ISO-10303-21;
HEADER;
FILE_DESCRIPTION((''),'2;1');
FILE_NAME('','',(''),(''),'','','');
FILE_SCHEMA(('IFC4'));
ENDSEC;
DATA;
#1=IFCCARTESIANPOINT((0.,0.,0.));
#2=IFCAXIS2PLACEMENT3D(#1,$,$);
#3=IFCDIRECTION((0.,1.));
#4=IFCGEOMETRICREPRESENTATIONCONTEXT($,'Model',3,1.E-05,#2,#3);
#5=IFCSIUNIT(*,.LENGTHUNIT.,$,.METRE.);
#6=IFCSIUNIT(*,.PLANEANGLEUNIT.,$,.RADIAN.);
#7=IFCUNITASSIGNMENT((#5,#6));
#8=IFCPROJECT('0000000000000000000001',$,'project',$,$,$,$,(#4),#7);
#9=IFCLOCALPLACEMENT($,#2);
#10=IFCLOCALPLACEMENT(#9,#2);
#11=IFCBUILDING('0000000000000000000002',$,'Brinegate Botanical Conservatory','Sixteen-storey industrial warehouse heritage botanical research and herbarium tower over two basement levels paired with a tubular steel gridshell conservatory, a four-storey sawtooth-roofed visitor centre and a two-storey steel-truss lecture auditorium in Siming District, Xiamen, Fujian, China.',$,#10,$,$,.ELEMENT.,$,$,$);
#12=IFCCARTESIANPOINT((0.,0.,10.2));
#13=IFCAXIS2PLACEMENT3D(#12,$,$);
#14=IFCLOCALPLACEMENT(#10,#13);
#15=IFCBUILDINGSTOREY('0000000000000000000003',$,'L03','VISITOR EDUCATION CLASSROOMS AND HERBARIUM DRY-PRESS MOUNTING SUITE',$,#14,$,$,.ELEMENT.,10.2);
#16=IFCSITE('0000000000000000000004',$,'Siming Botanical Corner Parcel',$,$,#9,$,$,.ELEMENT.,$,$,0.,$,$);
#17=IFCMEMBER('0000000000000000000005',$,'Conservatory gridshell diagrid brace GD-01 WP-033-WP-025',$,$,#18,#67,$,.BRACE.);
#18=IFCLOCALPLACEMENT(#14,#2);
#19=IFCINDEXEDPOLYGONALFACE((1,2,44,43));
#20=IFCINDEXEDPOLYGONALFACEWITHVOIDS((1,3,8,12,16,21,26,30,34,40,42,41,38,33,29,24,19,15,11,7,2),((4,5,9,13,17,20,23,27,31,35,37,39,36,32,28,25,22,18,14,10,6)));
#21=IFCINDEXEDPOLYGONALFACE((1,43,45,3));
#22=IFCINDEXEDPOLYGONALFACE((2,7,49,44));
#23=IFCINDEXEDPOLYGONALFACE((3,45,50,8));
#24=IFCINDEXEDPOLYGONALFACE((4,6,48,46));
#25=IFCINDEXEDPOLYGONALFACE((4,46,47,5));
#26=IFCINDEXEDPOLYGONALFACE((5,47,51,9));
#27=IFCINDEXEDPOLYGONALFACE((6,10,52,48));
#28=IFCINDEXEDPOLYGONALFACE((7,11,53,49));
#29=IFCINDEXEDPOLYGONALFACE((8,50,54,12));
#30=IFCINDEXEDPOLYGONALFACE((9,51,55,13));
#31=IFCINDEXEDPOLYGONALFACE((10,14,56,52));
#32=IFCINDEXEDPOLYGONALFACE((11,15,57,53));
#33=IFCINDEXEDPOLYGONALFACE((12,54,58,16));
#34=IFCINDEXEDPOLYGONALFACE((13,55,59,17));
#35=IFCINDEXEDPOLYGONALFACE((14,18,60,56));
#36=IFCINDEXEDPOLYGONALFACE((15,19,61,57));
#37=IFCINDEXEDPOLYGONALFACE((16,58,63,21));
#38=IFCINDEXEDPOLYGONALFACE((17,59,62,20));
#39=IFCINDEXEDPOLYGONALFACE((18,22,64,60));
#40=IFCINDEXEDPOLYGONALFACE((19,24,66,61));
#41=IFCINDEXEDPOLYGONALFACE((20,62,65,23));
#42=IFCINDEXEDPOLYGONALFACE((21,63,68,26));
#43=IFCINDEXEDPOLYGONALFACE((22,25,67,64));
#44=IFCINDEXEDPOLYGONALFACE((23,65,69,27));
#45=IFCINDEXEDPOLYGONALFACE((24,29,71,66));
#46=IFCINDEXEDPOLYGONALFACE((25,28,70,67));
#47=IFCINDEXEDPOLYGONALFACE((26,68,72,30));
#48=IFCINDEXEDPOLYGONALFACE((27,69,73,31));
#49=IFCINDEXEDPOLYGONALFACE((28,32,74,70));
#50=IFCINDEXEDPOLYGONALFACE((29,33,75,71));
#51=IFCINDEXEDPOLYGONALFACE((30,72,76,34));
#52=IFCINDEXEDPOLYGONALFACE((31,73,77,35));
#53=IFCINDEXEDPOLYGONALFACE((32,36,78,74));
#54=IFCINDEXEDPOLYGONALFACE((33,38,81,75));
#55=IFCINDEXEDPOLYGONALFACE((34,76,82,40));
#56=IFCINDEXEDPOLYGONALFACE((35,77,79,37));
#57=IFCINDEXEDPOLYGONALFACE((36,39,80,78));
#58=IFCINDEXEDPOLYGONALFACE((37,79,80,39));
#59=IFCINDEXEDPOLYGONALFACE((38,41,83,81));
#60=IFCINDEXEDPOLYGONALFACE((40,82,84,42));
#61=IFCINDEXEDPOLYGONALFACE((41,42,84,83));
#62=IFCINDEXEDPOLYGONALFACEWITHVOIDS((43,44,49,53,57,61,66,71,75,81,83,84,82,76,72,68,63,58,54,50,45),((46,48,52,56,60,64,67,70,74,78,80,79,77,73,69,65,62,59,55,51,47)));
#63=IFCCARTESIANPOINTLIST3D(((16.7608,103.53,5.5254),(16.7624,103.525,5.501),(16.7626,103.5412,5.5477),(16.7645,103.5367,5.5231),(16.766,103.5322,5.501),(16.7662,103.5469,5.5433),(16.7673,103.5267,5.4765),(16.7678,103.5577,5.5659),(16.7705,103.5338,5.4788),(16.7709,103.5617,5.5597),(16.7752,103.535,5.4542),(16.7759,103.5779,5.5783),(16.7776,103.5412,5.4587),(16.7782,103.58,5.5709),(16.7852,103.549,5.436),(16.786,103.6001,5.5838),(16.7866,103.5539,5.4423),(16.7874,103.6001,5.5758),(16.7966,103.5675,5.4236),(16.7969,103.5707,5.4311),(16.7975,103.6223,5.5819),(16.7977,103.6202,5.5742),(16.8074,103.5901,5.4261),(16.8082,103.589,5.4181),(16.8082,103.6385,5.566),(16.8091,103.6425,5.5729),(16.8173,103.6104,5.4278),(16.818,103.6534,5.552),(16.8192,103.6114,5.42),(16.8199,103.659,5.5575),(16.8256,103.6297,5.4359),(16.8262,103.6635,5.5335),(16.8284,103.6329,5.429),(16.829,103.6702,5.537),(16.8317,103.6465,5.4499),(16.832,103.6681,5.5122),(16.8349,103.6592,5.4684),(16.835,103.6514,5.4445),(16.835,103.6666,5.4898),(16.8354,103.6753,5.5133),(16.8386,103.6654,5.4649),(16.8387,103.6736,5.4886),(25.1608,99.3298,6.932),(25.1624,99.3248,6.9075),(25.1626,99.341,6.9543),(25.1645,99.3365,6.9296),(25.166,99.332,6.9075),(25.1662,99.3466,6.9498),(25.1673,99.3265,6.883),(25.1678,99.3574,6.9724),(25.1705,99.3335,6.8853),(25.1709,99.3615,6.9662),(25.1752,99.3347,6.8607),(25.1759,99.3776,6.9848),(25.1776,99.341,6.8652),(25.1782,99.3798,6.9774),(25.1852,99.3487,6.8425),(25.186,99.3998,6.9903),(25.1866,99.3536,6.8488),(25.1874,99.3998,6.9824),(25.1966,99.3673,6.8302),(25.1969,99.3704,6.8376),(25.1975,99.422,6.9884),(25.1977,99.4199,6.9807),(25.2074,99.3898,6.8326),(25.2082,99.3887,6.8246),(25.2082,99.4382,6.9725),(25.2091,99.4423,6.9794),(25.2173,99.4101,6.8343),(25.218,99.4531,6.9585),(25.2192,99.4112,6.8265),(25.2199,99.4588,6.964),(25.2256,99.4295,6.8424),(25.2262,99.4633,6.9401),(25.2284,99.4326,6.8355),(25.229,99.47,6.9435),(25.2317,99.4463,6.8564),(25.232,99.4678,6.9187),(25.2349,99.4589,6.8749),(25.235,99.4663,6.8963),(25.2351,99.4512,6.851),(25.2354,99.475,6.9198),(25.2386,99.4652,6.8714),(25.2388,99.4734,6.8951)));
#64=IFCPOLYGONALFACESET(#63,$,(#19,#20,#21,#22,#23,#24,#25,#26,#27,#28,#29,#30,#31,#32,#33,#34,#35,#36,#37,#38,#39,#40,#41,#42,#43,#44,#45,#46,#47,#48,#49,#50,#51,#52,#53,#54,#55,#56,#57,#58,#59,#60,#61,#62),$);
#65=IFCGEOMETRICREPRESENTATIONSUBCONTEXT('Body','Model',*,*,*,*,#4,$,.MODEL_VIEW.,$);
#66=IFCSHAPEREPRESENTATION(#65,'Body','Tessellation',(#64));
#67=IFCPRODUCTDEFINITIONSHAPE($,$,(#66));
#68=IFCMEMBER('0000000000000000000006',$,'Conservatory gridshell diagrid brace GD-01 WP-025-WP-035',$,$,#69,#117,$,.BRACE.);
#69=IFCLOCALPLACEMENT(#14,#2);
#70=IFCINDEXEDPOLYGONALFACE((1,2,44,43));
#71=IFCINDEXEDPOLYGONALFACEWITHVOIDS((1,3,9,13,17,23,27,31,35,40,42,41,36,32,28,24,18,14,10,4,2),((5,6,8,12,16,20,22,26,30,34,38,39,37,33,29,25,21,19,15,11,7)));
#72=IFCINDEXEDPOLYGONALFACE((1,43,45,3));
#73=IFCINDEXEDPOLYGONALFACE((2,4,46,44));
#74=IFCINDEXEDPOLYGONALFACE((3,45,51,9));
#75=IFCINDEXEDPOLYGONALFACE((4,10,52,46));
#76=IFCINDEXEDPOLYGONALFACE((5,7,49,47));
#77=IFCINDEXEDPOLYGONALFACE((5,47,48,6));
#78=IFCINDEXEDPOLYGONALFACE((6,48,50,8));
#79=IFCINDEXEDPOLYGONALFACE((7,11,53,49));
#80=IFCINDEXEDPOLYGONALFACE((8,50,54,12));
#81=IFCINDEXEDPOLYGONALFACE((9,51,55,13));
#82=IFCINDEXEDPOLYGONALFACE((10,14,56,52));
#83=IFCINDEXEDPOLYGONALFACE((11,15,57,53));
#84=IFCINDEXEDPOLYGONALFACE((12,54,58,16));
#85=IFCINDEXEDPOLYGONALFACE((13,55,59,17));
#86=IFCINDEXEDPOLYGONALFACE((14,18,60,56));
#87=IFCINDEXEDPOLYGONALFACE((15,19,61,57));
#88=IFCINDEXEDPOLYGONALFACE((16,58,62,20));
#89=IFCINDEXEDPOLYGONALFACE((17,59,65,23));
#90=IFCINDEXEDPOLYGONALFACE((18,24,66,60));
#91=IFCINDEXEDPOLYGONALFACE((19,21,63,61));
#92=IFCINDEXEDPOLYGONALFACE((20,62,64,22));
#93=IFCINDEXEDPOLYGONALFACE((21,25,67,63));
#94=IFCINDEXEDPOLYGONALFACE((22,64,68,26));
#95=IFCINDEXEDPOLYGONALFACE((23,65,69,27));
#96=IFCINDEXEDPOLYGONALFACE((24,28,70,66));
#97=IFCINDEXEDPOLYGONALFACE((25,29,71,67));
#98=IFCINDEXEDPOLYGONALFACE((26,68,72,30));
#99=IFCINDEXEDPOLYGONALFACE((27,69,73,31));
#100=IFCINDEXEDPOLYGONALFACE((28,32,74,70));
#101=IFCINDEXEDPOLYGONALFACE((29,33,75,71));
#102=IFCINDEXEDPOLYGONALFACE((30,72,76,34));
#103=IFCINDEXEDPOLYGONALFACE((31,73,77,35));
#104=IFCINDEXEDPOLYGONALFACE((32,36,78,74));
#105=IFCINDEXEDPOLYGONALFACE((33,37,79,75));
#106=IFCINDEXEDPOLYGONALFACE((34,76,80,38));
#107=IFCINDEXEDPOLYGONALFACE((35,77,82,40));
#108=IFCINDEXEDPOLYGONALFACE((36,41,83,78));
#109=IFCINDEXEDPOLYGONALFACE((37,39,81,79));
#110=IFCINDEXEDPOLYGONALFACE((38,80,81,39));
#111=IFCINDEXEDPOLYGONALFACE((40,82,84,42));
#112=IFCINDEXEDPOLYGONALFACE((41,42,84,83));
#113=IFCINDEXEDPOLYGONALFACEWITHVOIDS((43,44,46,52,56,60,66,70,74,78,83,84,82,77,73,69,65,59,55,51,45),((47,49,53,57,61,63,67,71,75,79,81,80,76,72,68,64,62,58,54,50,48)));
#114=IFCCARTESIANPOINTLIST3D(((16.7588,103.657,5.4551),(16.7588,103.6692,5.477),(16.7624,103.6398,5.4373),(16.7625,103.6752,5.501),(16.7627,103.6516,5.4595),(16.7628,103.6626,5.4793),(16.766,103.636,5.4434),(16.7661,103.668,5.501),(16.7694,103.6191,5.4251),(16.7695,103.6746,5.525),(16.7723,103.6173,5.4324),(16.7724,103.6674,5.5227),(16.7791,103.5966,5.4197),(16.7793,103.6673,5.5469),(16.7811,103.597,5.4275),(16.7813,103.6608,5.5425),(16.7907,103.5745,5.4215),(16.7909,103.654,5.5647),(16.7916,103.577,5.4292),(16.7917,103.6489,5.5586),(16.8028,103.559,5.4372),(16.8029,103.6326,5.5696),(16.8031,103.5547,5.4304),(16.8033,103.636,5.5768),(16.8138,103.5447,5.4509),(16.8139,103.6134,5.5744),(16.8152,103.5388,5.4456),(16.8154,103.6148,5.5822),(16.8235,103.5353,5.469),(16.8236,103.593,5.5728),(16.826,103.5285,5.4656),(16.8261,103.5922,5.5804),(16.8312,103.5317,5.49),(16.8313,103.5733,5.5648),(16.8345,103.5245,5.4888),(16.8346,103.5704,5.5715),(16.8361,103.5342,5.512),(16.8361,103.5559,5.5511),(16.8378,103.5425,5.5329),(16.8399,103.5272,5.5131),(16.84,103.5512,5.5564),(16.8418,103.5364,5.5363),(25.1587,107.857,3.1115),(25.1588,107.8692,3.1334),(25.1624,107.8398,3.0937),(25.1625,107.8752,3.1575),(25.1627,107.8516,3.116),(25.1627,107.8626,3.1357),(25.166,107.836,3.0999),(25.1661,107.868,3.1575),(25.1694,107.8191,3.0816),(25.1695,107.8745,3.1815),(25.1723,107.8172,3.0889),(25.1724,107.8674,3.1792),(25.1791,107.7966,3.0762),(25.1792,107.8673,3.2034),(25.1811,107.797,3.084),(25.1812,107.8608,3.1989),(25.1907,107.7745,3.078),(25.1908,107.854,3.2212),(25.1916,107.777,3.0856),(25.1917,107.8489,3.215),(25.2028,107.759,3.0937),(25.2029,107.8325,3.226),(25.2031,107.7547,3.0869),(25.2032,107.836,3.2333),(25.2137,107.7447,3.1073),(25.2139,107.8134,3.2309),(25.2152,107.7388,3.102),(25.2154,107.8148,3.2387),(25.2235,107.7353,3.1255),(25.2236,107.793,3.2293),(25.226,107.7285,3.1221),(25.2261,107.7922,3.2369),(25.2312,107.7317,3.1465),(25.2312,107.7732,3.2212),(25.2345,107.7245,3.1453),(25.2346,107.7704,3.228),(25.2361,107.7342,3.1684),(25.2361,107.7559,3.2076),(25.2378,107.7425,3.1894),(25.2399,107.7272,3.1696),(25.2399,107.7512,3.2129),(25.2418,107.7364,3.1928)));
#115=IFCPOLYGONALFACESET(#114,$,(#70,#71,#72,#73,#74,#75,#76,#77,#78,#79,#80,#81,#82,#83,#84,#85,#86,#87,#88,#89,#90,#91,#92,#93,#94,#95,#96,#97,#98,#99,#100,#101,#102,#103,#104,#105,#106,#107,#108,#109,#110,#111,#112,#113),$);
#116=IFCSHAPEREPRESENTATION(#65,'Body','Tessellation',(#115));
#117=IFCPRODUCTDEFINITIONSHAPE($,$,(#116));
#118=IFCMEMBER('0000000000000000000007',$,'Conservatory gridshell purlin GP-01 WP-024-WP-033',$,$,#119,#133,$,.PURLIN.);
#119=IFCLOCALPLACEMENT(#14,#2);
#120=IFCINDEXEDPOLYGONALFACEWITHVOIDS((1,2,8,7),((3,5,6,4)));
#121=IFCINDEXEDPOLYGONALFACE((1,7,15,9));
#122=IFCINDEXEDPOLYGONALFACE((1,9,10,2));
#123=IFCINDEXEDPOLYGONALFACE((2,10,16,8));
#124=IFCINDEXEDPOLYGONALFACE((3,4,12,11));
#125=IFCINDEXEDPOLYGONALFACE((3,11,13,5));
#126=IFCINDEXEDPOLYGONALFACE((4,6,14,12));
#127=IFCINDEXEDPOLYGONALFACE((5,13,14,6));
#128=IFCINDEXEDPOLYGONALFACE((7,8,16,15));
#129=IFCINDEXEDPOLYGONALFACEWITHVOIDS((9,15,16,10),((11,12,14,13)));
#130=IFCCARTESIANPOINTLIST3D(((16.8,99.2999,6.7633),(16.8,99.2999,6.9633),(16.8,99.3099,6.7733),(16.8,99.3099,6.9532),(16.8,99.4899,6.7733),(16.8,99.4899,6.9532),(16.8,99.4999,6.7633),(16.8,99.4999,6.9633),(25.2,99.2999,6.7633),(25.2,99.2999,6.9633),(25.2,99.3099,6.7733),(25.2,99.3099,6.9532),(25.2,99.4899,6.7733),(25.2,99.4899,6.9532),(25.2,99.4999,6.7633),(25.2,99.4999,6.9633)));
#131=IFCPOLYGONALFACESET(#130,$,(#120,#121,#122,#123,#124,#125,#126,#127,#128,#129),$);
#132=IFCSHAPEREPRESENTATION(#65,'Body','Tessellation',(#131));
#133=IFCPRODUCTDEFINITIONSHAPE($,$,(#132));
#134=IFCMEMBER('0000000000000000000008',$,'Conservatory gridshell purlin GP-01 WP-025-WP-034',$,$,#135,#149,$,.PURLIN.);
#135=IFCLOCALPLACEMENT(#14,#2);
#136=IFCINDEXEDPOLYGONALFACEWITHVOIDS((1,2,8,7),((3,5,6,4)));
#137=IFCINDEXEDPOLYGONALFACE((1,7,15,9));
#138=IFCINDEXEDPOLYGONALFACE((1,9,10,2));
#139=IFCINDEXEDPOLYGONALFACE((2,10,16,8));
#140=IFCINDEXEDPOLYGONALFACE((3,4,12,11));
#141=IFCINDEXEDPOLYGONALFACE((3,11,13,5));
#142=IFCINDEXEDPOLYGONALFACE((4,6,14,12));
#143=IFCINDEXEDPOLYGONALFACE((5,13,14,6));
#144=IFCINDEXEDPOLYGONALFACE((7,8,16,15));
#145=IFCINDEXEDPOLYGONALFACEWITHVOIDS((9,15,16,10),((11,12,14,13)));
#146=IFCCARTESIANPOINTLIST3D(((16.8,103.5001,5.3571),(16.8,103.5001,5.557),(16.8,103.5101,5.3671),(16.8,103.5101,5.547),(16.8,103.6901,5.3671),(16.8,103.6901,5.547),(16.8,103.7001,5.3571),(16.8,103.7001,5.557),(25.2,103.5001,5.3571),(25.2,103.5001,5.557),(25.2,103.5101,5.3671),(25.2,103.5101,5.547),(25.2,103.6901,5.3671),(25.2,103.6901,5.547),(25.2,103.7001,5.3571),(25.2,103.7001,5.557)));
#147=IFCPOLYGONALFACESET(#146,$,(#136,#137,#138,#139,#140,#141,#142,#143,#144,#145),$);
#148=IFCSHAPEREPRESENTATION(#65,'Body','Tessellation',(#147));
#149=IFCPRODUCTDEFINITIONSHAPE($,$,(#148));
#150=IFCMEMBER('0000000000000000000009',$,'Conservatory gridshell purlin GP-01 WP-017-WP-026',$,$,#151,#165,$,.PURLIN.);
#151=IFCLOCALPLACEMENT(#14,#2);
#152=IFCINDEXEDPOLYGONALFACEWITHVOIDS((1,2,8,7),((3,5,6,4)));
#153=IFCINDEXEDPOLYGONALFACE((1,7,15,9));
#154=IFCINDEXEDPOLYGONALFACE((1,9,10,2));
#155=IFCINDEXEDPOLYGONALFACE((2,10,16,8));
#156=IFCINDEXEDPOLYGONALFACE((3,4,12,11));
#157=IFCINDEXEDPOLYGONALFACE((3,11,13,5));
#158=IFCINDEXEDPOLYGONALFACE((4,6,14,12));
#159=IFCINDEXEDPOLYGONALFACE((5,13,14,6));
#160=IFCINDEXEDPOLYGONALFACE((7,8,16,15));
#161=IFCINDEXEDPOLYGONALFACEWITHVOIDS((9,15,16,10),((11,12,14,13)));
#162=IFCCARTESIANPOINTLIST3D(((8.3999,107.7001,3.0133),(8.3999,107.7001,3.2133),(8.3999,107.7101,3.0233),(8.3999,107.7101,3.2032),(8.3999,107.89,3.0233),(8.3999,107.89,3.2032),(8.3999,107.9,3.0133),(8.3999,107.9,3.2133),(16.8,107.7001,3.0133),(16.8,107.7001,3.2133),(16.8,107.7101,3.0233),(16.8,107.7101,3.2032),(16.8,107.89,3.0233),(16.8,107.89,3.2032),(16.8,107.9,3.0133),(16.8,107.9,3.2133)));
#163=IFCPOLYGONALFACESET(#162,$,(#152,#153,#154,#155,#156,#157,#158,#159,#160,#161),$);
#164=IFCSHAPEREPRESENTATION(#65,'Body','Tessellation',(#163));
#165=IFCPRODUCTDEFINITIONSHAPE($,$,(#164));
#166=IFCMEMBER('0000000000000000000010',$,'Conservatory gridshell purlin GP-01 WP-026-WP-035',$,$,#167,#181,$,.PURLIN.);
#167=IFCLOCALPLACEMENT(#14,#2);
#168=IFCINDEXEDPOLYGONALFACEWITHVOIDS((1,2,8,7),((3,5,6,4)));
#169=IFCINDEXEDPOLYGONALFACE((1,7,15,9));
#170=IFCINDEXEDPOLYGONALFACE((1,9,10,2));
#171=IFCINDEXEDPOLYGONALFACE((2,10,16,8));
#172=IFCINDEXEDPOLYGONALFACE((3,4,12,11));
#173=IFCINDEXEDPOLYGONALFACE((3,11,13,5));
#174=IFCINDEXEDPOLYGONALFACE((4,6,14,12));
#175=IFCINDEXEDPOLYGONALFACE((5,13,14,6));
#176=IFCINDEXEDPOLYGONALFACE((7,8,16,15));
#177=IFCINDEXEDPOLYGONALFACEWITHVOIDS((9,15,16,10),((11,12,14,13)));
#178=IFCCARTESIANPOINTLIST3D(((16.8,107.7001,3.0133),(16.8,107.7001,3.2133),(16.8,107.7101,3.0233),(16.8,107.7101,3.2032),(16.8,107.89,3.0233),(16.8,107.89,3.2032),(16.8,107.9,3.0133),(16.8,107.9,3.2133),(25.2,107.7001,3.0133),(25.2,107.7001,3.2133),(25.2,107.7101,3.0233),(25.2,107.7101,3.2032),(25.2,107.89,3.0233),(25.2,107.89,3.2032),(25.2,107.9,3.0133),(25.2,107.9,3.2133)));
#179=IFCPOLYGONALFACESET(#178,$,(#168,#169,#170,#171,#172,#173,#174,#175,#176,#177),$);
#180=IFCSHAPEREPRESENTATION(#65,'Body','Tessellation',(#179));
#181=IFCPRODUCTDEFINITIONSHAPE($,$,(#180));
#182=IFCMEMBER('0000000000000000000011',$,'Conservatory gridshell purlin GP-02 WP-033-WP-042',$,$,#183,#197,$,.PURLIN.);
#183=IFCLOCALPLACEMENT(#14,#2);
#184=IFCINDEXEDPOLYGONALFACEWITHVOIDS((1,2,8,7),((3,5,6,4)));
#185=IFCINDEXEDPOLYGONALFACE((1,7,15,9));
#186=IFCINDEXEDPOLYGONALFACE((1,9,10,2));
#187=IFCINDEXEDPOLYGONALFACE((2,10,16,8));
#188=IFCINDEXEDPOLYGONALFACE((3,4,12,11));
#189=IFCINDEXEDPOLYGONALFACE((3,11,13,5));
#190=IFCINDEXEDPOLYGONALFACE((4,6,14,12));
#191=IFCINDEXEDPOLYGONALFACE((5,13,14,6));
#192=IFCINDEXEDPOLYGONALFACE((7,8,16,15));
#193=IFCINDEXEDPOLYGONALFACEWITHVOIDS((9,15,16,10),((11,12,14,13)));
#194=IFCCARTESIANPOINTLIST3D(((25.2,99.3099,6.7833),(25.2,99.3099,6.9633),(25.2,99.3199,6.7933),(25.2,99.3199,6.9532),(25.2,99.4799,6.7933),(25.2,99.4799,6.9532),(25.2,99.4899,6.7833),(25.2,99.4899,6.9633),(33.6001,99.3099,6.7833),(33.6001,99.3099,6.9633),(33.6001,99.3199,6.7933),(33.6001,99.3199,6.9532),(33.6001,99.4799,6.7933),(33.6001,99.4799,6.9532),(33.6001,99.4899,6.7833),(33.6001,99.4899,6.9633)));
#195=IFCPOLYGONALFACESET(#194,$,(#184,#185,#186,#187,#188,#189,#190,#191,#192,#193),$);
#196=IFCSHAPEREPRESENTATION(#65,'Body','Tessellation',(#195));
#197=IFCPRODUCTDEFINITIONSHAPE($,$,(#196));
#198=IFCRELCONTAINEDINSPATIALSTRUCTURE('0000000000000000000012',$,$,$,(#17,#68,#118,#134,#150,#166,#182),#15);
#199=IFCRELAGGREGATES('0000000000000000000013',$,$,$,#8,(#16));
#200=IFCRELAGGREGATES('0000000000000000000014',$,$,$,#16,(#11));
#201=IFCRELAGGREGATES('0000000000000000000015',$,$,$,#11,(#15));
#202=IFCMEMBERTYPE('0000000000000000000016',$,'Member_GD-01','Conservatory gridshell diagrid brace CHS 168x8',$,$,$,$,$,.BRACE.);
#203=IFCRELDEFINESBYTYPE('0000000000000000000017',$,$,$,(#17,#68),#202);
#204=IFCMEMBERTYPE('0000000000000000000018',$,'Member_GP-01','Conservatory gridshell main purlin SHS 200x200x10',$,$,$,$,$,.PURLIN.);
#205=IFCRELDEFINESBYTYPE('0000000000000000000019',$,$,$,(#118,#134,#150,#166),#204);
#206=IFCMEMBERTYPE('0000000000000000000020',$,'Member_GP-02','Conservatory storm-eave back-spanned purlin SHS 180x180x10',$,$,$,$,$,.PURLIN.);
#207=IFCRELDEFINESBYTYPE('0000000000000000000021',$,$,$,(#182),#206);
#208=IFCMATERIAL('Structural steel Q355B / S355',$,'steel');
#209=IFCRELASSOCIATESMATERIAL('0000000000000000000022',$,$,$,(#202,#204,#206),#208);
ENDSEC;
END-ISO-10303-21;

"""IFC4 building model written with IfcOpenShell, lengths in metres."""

from ifc_helpers import new_model, si_unit, direction, frame, origin, origin_2d, place, context, subcontext, project, spatial, hollow_rectangle, hollow_circle, extrude, material, material_profile, profile_set, type_object, element, save


model = new_model("IFC4")

# Units and contexts
model_context = context("Model", 3, precision=1e-05, world=origin(), true_north=direction((0.0, 1.0)))
body_context = subcontext(model_context, "Body", "Model", "MODEL_VIEW")
ifc_project = project(units=[si_unit("LENGTHUNIT", "METRE"), si_unit("PLANEANGLEUNIT", "RADIAN")], contexts=[model_context])

# Site, building, storey
site_placement = place(None, origin())
site = spatial("IfcSite", under=ifc_project, at=site_placement, Name="Siming Botanical Corner Parcel", CompositionType="ELEMENT", RefElevation=0.0)
building_placement = place(site_placement, origin())
building = spatial("IfcBuilding", under=site, at=building_placement, Name="Brinegate Botanical Conservatory", Description="Sixteen-storey industrial warehouse heritage botanical research and herbarium tower over two basement levels paired with a tubular steel gridshell conservatory, a four-storey sawtooth-roofed visitor centre and a two-storey steel-truss lecture auditorium in Siming District, Xiamen, Fujian, China.", CompositionType="ELEMENT")
storey_placement = place(building_placement, frame((0.0, 0.0, 10.2)))
storey = spatial("IfcBuildingStorey", under=building, at=storey_placement, Name="L03", Description="VISITOR EDUCATION CLASSROOMS AND HERBARIUM DRY-PRESS MOUNTING SUITE", CompositionType="ELEMENT", Elevation=10.2)

# Shared definitions
ifc_material_1 = material(Name="Structural steel Q355B / S355", Category="steel")

# Members
ifc_material_profile_1 = material_profile(ifc_material_1, hollow_circle(Radius=0.084, WallThickness=0.0081, at=origin_2d()), Name="CHS 168x8")
ifc_profile_set_1 = profile_set([ifc_material_profile_1], Name="Structural steel Q355B / S355")
member_type_1 = type_object("IfcMemberType", Name="Member_GD-01", Description="Conservatory gridshell diagrid brace CHS 168x8", PredefinedType="BRACE", material=ifc_profile_set_1)
member_1_placement = place(storey_placement, frame((25.2, 99.3999, 6.9075), z_axis=(-0.884552, 0.442302, -0.148111), x_axis=(-0.447234, -0.894417, 0.0)))
element("IfcMember", 1, at=member_1_placement, inside=storey, type_object=member_type_1, Name="Conservatory gridshell diagrid brace GD-01 WP-033-WP-025", PredefinedType="BRACE", context=body_context, shape_type="SweptSolid", body=[
    extrude(hollow_circle(Radius=0.084, WallThickness=0.0081, at=origin_2d()), origin(), (0.0, 0.0, 1.0), 9.4963),
])
member_2_placement = place(storey_placement, frame((16.8, 103.6001, 5.501), z_axis=(0.867816, 0.433908, -0.242114), x_axis=(-0.447214, 0.894427, 0.0)))
element("IfcMember", 2, at=member_2_placement, inside=storey, type_object=member_type_1, Name="Conservatory gridshell diagrid brace GD-01 WP-025-WP-035", PredefinedType="BRACE", context=body_context, shape_type="SweptSolid", body=[
    extrude(hollow_circle(Radius=0.084, WallThickness=0.0081, at=origin_2d()), origin(), (0.0, 0.0, 1.0), 9.6794),
])
ifc_material_profile_2 = material_profile(ifc_material_1, hollow_rectangle(XDim=0.2, YDim=0.2, WallThickness=0.01, at=origin_2d()), Name="SHS 200x200x10")
ifc_profile_set_2 = profile_set([ifc_material_profile_2], Name="Structural steel Q355B / S355")
member_type_2 = type_object("IfcMemberType", Name="Member_GP-01", Description="Conservatory gridshell main purlin SHS 200x200x10", PredefinedType="PURLIN", material=ifc_profile_set_2)
for number, where, z_axis, x_axis, name in (
    (3, (16.8, 99.3999, 6.8633), (1.0, 0.0, 0.0), (0.0, 1.0, 0.0), "Conservatory gridshell purlin GP-01 WP-024-WP-033"),
    (4, (16.8, 103.6001, 5.457), (1.0, 0.0, 0.0), (0.0, 1.0, 0.0), "Conservatory gridshell purlin GP-01 WP-025-WP-034"),
):
    element("IfcMember", number, at=place(storey_placement, frame(where, z_axis=z_axis, x_axis=x_axis)), inside=storey, type_object=member_type_2, Name=name, PredefinedType="PURLIN", context=body_context, shape_type="SweptSolid", body=[
        extrude(hollow_rectangle(XDim=0.2, YDim=0.2, WallThickness=0.01, at=origin_2d()), origin(), (0.0, 0.0, 1.0), 8.3999),
    ])
member_3_placement = place(storey_placement, frame((8.3999, 107.8, 3.1133), z_axis=(1.0, 0.0, 0.0), x_axis=(0.0, 1.0, 0.0)))
element("IfcMember", 5, at=member_3_placement, inside=storey, type_object=member_type_2, Name="Conservatory gridshell purlin GP-01 WP-017-WP-026", PredefinedType="PURLIN", context=body_context, shape_type="SweptSolid", body=[
    extrude(hollow_rectangle(XDim=0.2, YDim=0.2, WallThickness=0.01, at=origin_2d()), origin(), (0.0, 0.0, 1.0), 8.4001),
])
member_4_placement = place(storey_placement, frame((16.8, 107.8, 3.1133), z_axis=(1.0, 0.0, 0.0), x_axis=(0.0, 1.0, 0.0)))
element("IfcMember", 6, at=member_4_placement, inside=storey, type_object=member_type_2, Name="Conservatory gridshell purlin GP-01 WP-026-WP-035", PredefinedType="PURLIN", context=body_context, shape_type="SweptSolid", body=[
    extrude(hollow_rectangle(XDim=0.2, YDim=0.2, WallThickness=0.01, at=origin_2d()), origin(), (0.0, 0.0, 1.0), 8.3999),
])
ifc_material_profile_3 = material_profile(ifc_material_1, hollow_rectangle(XDim=0.1799, YDim=0.1799, WallThickness=0.01, at=origin_2d()), Name="SHS 180x180x10")
ifc_profile_set_3 = profile_set([ifc_material_profile_3], Name="Structural steel Q355B / S355")
member_type_3 = type_object("IfcMemberType", Name="Member_GP-02", Description="Conservatory storm-eave back-spanned purlin SHS 180x180x10", PredefinedType="PURLIN", material=ifc_profile_set_3)
member_5_placement = place(storey_placement, frame((25.2, 99.3999, 6.8733), z_axis=(1.0, 0.0, 0.0), x_axis=(0.0, 1.0, 0.0)))
element("IfcMember", 7, at=member_5_placement, inside=storey, type_object=member_type_3, Name="Conservatory gridshell purlin GP-02 WP-033-WP-042", PredefinedType="PURLIN", context=body_context, shape_type="SweptSolid", body=[
    extrude(hollow_rectangle(XDim=0.1799, YDim=0.1799, WallThickness=0.01, at=origin_2d()), origin(), (0.0, 0.0, 1.0), 8.4001),
])

save(model, "model.ifc")
